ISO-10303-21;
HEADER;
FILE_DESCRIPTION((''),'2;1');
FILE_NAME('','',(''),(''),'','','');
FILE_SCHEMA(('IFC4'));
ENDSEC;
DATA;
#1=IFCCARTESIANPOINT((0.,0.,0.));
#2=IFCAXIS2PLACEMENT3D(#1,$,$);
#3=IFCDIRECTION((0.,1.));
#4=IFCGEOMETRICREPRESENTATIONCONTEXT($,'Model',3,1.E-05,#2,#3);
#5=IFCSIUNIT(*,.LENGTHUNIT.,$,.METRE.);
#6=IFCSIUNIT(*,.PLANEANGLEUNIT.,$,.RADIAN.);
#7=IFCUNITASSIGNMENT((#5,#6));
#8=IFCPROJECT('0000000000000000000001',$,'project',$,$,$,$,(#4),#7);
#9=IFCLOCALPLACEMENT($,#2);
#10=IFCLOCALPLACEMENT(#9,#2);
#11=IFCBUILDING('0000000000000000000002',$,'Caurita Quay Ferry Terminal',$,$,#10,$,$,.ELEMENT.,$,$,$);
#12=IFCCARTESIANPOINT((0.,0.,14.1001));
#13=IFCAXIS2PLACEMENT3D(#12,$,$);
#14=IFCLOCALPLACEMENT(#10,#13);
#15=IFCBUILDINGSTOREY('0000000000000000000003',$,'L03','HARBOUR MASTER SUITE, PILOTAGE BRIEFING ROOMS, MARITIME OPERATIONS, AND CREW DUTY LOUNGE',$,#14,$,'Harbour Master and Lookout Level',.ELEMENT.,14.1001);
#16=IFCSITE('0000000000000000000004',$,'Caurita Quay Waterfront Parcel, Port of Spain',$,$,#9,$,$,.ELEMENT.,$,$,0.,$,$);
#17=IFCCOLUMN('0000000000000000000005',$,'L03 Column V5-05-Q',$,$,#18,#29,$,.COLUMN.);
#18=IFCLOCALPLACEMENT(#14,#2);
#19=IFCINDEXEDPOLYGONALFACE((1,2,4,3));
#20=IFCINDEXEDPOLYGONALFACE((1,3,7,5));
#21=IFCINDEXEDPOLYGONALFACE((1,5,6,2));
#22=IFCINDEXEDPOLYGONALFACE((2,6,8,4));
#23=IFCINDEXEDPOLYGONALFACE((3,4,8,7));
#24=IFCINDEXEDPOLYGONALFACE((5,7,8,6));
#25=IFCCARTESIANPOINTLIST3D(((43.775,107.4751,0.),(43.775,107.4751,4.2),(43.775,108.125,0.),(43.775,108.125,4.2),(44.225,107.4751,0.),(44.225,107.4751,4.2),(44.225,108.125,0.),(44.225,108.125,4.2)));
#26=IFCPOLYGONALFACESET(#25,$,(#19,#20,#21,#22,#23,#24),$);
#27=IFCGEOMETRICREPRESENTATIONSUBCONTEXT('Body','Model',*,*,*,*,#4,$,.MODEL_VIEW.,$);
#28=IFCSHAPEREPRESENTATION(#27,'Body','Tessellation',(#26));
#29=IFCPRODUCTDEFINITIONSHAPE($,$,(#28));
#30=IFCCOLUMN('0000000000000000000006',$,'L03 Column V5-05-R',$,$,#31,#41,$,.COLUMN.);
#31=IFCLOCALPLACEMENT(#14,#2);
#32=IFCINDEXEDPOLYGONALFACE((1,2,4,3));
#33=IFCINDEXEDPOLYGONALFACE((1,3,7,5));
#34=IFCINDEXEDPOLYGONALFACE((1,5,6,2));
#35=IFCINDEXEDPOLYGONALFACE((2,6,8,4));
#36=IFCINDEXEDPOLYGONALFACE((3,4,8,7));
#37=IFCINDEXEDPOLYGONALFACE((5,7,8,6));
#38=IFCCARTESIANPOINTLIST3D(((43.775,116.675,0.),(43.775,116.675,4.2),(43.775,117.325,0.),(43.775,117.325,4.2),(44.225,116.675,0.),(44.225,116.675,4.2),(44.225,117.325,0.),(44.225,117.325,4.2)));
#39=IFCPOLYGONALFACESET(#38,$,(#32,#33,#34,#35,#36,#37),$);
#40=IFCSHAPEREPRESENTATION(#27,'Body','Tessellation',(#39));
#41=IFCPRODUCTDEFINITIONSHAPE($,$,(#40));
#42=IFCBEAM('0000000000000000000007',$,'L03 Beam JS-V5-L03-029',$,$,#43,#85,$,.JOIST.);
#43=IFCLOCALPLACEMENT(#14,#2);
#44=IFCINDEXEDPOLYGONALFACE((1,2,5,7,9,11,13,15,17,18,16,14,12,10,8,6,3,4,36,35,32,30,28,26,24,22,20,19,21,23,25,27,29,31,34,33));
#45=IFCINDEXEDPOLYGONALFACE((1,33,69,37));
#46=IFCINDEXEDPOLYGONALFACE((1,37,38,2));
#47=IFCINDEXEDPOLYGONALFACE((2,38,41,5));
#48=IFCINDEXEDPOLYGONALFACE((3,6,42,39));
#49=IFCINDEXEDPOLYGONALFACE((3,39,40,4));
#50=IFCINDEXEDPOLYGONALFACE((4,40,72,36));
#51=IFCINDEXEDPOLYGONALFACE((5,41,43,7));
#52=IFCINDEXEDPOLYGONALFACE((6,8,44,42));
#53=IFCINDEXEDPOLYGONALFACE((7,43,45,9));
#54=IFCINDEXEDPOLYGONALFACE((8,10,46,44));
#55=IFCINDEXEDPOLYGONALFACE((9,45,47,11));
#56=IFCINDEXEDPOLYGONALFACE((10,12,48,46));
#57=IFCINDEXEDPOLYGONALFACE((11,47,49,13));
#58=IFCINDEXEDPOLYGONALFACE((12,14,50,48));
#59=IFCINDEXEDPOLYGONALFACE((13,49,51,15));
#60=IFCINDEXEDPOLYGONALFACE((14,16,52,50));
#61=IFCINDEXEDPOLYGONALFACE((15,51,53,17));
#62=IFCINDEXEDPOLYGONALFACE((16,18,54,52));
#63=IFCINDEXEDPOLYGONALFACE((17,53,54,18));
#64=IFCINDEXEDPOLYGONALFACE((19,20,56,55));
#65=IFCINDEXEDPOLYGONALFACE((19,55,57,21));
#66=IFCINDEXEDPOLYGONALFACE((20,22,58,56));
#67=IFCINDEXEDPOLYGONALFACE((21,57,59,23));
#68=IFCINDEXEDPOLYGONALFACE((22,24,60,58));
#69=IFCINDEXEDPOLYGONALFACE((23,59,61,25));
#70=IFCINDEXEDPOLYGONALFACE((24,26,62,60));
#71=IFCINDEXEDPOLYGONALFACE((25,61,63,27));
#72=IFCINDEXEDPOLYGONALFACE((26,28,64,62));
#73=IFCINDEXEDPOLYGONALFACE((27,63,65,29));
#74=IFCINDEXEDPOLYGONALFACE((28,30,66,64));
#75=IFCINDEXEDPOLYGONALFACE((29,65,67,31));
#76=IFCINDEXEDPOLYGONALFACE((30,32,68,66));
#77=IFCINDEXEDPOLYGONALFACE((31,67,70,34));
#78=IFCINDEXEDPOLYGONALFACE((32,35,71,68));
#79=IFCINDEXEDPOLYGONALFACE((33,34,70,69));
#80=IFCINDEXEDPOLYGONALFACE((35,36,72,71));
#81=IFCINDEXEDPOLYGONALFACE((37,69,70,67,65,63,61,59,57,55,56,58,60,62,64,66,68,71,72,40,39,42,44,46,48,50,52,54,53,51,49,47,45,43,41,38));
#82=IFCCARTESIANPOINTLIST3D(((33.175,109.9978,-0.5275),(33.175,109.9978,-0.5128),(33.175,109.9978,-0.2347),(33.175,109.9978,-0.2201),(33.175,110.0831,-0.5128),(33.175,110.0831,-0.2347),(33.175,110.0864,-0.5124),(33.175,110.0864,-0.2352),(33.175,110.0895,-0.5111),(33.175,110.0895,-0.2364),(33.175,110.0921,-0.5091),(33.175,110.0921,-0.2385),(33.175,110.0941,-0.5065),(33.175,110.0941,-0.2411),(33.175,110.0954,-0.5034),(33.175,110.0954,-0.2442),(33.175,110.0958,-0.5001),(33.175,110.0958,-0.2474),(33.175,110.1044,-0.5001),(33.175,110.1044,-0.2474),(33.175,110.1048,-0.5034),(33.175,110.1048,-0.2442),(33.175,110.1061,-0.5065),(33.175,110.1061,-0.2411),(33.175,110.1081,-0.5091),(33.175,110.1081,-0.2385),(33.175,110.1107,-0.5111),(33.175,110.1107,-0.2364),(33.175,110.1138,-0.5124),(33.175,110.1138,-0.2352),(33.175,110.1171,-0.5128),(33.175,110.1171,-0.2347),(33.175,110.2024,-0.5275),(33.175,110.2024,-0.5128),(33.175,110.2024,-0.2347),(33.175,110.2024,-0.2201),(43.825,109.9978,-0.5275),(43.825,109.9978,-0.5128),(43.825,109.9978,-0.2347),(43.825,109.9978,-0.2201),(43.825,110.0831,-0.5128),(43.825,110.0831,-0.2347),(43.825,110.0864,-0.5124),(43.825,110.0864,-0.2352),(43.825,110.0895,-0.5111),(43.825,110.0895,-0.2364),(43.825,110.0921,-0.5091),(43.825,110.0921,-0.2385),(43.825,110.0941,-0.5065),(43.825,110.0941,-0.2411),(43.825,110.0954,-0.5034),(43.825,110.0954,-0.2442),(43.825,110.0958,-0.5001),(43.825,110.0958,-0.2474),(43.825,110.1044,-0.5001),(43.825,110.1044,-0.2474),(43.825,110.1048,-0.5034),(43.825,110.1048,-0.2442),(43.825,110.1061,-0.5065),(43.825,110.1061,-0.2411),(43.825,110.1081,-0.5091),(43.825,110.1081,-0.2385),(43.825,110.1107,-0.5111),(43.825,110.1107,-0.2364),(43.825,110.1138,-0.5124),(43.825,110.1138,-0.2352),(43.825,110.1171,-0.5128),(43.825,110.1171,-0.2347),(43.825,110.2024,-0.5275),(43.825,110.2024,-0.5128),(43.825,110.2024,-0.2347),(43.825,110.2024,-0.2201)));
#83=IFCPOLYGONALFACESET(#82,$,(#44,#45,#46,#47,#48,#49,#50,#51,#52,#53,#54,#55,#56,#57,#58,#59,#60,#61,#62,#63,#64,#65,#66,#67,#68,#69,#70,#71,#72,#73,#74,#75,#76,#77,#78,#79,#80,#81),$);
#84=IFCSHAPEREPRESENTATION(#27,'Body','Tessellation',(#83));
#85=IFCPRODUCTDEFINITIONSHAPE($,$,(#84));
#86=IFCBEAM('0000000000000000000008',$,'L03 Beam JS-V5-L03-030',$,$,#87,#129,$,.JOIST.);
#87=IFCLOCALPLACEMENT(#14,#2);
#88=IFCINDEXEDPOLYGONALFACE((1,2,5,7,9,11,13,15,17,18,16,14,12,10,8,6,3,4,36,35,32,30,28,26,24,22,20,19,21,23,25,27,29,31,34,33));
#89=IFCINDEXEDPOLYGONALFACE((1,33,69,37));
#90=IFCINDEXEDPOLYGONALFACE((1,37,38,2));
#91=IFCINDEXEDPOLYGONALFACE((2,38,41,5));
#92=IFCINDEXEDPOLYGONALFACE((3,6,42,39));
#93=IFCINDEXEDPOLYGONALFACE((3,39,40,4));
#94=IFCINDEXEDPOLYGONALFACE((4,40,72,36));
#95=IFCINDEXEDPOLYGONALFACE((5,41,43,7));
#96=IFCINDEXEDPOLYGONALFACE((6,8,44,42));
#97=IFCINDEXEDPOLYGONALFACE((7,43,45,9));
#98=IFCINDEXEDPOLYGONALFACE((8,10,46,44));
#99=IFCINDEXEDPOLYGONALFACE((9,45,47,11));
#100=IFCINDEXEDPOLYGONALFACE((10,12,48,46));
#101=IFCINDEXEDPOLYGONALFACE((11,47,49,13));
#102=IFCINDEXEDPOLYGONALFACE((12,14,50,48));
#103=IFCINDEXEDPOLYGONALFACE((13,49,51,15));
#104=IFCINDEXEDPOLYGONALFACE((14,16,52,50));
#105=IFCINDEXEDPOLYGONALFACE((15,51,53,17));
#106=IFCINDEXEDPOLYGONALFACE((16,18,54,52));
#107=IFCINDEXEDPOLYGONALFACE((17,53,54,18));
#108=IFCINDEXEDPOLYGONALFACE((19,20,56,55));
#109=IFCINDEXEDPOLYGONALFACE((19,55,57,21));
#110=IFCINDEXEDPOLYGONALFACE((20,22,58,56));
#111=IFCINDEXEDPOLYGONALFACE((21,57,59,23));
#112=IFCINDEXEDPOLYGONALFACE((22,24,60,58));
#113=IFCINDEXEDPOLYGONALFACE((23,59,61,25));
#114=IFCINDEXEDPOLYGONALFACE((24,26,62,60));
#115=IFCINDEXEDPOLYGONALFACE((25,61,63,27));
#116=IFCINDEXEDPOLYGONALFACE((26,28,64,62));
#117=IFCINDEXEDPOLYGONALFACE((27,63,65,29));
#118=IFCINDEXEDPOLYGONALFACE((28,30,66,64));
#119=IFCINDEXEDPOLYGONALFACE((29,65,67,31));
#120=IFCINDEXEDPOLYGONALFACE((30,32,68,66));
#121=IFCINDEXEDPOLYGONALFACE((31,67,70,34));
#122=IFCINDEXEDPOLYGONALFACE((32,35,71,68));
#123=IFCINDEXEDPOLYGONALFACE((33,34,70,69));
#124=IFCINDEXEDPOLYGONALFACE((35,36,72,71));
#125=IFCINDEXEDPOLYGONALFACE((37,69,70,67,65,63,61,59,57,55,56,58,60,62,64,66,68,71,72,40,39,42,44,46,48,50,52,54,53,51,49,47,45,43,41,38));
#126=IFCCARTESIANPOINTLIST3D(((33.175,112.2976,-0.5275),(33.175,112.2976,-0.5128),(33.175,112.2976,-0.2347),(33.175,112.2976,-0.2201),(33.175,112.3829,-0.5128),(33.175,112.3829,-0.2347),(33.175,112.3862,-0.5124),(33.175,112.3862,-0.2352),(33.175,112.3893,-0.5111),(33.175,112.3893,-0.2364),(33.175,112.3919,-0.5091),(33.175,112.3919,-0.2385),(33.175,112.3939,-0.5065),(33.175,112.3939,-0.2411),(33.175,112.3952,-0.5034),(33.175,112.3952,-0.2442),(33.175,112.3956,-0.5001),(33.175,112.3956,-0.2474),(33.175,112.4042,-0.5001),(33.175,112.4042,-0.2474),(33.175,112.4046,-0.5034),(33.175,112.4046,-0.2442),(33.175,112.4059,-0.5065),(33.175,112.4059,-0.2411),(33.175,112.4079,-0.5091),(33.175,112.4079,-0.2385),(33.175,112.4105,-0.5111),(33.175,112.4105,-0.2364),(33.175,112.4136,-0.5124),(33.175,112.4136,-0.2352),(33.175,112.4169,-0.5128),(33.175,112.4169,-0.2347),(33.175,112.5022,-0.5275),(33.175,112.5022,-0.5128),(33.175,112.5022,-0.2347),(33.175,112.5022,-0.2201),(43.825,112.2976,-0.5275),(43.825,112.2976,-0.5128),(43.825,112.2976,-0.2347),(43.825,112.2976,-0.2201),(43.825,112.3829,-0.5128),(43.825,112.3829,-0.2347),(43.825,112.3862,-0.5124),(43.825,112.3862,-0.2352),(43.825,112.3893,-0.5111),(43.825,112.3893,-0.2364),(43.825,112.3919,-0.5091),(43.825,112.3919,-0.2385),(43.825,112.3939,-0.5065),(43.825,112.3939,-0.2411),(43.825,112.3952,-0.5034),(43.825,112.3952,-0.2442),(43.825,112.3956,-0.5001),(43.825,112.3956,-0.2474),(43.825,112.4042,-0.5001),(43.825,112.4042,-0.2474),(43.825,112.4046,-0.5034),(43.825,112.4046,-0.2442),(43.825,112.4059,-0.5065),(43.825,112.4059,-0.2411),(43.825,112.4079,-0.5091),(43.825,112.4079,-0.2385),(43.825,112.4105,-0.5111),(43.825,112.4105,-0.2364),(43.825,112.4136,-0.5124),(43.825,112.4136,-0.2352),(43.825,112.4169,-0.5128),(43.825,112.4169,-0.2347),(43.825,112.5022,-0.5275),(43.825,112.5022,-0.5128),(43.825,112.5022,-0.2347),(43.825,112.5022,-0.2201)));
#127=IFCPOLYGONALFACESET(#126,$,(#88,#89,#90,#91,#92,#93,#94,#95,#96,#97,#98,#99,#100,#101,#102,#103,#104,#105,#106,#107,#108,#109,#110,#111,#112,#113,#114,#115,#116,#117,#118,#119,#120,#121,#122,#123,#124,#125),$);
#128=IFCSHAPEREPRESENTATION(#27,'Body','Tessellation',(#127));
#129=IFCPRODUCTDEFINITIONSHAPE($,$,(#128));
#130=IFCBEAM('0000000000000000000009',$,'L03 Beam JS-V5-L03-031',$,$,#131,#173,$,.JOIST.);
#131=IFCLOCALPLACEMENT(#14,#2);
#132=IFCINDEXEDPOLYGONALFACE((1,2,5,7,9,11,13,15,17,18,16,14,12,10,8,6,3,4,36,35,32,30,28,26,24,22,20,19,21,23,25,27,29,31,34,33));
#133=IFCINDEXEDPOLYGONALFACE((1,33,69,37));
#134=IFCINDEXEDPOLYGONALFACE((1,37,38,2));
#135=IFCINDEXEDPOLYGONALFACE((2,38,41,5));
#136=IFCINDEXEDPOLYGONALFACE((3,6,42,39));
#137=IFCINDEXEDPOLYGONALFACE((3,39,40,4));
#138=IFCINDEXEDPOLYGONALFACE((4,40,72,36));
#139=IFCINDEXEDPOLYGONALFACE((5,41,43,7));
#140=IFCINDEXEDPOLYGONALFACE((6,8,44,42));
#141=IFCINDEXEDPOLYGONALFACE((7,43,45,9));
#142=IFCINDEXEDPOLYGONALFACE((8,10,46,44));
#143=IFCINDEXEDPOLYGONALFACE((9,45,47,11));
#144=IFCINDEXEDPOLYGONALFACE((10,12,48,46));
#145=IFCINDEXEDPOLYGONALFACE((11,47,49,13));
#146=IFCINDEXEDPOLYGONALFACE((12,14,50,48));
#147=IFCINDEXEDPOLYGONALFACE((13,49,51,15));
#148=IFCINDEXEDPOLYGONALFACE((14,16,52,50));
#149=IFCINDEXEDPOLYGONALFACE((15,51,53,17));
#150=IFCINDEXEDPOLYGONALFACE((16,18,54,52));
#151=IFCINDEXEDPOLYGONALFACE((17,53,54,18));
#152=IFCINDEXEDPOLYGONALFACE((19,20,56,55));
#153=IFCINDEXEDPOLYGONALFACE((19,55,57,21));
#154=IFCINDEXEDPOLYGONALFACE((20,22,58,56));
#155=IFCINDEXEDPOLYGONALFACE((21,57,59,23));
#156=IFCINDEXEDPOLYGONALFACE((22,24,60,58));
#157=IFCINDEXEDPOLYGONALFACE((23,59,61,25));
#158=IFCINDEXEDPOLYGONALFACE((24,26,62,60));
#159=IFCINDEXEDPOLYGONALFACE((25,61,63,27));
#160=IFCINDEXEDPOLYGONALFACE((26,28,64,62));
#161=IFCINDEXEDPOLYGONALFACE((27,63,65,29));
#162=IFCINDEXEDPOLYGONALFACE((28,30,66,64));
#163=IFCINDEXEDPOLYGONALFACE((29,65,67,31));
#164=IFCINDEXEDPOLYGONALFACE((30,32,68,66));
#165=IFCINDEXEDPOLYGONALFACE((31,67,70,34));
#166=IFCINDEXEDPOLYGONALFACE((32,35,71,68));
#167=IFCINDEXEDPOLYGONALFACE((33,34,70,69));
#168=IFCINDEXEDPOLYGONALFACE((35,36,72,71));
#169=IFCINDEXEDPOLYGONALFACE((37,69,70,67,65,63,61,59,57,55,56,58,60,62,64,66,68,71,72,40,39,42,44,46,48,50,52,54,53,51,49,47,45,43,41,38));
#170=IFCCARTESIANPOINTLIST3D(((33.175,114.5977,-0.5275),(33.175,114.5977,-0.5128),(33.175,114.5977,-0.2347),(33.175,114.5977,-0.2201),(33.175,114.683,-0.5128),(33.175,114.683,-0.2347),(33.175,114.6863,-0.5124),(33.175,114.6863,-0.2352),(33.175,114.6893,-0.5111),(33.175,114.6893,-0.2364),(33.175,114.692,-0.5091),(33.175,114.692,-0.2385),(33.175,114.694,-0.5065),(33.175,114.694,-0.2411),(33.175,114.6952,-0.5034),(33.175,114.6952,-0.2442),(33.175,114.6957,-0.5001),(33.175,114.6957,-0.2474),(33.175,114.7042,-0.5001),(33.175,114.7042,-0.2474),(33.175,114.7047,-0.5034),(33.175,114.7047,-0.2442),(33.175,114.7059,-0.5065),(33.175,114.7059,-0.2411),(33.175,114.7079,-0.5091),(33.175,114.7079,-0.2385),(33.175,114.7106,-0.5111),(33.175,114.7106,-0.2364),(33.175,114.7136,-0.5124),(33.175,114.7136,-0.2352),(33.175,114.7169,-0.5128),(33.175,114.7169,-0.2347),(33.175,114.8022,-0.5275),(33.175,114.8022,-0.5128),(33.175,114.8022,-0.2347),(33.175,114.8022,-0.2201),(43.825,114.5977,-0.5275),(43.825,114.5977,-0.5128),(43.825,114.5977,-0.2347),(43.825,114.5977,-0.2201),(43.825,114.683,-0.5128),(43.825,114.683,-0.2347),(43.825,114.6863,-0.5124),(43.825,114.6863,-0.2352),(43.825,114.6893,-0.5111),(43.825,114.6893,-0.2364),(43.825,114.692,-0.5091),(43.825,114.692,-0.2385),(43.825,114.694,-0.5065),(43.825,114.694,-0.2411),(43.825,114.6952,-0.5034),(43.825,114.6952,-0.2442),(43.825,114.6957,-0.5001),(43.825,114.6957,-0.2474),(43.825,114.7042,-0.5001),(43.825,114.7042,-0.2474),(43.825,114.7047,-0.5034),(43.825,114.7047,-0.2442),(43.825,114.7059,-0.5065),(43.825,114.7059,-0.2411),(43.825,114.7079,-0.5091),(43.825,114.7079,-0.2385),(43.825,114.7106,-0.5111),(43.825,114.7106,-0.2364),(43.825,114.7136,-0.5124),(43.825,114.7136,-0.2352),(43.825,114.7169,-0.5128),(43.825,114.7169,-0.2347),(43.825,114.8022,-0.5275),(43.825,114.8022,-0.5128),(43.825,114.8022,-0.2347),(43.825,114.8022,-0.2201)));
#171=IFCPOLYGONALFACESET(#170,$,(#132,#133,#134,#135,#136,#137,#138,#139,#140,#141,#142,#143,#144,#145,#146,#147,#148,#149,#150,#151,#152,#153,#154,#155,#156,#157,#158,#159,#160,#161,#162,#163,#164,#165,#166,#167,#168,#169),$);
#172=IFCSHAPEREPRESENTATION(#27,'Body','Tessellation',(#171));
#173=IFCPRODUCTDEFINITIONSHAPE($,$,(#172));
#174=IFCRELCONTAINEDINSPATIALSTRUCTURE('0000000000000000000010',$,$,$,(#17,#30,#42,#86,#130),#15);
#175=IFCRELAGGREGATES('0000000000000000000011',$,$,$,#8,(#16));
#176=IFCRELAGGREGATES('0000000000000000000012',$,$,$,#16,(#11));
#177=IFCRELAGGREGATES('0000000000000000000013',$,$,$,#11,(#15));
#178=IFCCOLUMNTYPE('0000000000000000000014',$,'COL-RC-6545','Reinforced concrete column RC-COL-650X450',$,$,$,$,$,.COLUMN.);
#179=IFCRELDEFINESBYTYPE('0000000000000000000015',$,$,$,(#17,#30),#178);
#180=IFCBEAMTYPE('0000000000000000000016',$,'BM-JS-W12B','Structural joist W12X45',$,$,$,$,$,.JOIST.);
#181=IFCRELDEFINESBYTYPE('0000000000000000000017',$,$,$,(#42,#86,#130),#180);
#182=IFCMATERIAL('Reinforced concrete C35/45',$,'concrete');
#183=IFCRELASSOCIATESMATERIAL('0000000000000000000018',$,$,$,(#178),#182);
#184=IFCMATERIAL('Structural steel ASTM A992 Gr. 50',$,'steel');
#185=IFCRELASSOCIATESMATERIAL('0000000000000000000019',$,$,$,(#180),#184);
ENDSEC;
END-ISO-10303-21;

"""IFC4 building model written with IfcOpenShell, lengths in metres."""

from ifc_helpers import new_model, si_unit, direction, frame, origin, origin_2d, place, context, subcontext, project, spatial, rectangle, i_section, extrude, material, material_profile, profile_set, type_object, element, save


model = new_model("IFC4")

# Units and contexts
model_context = context("Model", 3, precision=1e-05, world=origin(), true_north=direction((0.0, 1.0)))
body_context = subcontext(model_context, "Body", "Model", "MODEL_VIEW")
ifc_project = project(units=[si_unit("LENGTHUNIT", "METRE"), si_unit("PLANEANGLEUNIT", "RADIAN")], contexts=[model_context])

# Site, building, storey
site_placement = place(None, origin())
site = spatial("IfcSite", under=ifc_project, at=site_placement, Name="Caurita Quay Waterfront Parcel, Port of Spain", CompositionType="ELEMENT", RefElevation=0.0)
building_placement = place(site_placement, origin())
building = spatial("IfcBuilding", under=site, at=building_placement, Name="Caurita Quay Ferry Terminal", CompositionType="ELEMENT")
storey_placement = place(building_placement, frame((0.0, 0.0, 14.1001)))
storey = spatial("IfcBuildingStorey", under=building, at=storey_placement, Name="L03", Description="HARBOUR MASTER SUITE, PILOTAGE BRIEFING ROOMS, MARITIME OPERATIONS, AND CREW DUTY LOUNGE", LongName="Harbour Master and Lookout Level", CompositionType="ELEMENT", Elevation=14.1001)

# Columns
ifc_material_1 = material(Name="Reinforced concrete C35/45", Category="concrete")
ifc_material_profile_1 = material_profile(ifc_material_1, rectangle(XDim=0.45, YDim=0.6499, at=origin_2d()), Name="RC-COL-650X450")
ifc_profile_set_1 = profile_set([ifc_material_profile_1], Name="Reinforced concrete C35/45")
column_type = type_object("IfcColumnType", Name="COL-RC-6545", Description="Reinforced concrete column RC-COL-650X450", PredefinedType="COLUMN", material=ifc_profile_set_1)
for number, where, z_axis, x_axis, name in (
    (1, (44.0, 107.8, 0.0), (0.0, 0.0, 1.0), (1.0, 0.0, 0.0), "L03 Column V5-05-Q"),
    (2, (44.0, 117.0, 0.0), (0.0, 0.0, 1.0), (1.0, 0.0, 0.0), "L03 Column V5-05-R"),
):
    element("IfcColumn", number, at=place(storey_placement, frame(where, z_axis=z_axis, x_axis=x_axis)), inside=storey, type_object=column_type, Name=name, PredefinedType="COLUMN", context=body_context, shape_type="SweptSolid", body=[
        extrude(rectangle(XDim=0.45, YDim=0.6499, at=origin_2d()), origin(), (0.0, 0.0, 1.0), 4.2),
    ])

# Beams
ifc_material_2 = material(Name="Structural steel ASTM A992 Gr. 50", Category="steel")
ifc_material_profile_2 = material_profile(ifc_material_2, i_section(OverallWidth=0.2046, OverallDepth=0.3074, WebThickness=0.0085, FlangeThickness=0.0146, FilletRadius=0.0127, at=origin_2d()), Name="W12X45")
ifc_profile_set_2 = profile_set([ifc_material_profile_2], Name="Structural steel ASTM A992 Gr. 50")
beam_type_1 = type_object("IfcBeamType", Name="BM-JS-W12B", Description="Structural joist W12X45", PredefinedType="JOIST", material=ifc_profile_set_2)
for number, where, z_axis, x_axis, name in (
    (3, (33.175, 110.1001, -0.3738), (1.0, 0.0, 0.0), (0.0, 1.0, 0.0), "L03 Beam JS-V5-L03-029"),
    (4, (33.175, 112.3999, -0.3738), (1.0, 0.0, 0.0), (0.0, 1.0, 0.0), "L03 Beam JS-V5-L03-030"),
    (5, (33.175, 114.7, -0.3738), (1.0, 0.0, 0.0), (0.0, 1.0, 0.0), "L03 Beam JS-V5-L03-031"),
):
    element("IfcBeam", number, at=place(storey_placement, frame(where, z_axis=z_axis, x_axis=x_axis)), inside=storey, type_object=beam_type_1, Name=name, PredefinedType="JOIST", context=body_context, shape_type="SweptSolid", body=[
        extrude(i_section(OverallWidth=0.2046, OverallDepth=0.3074, WebThickness=0.0085, FlangeThickness=0.0146, FilletRadius=0.0127, at=origin_2d()), origin(), (0.0, 0.0, 1.0), 10.6499),
    ])

save(model, "model.ifc")
